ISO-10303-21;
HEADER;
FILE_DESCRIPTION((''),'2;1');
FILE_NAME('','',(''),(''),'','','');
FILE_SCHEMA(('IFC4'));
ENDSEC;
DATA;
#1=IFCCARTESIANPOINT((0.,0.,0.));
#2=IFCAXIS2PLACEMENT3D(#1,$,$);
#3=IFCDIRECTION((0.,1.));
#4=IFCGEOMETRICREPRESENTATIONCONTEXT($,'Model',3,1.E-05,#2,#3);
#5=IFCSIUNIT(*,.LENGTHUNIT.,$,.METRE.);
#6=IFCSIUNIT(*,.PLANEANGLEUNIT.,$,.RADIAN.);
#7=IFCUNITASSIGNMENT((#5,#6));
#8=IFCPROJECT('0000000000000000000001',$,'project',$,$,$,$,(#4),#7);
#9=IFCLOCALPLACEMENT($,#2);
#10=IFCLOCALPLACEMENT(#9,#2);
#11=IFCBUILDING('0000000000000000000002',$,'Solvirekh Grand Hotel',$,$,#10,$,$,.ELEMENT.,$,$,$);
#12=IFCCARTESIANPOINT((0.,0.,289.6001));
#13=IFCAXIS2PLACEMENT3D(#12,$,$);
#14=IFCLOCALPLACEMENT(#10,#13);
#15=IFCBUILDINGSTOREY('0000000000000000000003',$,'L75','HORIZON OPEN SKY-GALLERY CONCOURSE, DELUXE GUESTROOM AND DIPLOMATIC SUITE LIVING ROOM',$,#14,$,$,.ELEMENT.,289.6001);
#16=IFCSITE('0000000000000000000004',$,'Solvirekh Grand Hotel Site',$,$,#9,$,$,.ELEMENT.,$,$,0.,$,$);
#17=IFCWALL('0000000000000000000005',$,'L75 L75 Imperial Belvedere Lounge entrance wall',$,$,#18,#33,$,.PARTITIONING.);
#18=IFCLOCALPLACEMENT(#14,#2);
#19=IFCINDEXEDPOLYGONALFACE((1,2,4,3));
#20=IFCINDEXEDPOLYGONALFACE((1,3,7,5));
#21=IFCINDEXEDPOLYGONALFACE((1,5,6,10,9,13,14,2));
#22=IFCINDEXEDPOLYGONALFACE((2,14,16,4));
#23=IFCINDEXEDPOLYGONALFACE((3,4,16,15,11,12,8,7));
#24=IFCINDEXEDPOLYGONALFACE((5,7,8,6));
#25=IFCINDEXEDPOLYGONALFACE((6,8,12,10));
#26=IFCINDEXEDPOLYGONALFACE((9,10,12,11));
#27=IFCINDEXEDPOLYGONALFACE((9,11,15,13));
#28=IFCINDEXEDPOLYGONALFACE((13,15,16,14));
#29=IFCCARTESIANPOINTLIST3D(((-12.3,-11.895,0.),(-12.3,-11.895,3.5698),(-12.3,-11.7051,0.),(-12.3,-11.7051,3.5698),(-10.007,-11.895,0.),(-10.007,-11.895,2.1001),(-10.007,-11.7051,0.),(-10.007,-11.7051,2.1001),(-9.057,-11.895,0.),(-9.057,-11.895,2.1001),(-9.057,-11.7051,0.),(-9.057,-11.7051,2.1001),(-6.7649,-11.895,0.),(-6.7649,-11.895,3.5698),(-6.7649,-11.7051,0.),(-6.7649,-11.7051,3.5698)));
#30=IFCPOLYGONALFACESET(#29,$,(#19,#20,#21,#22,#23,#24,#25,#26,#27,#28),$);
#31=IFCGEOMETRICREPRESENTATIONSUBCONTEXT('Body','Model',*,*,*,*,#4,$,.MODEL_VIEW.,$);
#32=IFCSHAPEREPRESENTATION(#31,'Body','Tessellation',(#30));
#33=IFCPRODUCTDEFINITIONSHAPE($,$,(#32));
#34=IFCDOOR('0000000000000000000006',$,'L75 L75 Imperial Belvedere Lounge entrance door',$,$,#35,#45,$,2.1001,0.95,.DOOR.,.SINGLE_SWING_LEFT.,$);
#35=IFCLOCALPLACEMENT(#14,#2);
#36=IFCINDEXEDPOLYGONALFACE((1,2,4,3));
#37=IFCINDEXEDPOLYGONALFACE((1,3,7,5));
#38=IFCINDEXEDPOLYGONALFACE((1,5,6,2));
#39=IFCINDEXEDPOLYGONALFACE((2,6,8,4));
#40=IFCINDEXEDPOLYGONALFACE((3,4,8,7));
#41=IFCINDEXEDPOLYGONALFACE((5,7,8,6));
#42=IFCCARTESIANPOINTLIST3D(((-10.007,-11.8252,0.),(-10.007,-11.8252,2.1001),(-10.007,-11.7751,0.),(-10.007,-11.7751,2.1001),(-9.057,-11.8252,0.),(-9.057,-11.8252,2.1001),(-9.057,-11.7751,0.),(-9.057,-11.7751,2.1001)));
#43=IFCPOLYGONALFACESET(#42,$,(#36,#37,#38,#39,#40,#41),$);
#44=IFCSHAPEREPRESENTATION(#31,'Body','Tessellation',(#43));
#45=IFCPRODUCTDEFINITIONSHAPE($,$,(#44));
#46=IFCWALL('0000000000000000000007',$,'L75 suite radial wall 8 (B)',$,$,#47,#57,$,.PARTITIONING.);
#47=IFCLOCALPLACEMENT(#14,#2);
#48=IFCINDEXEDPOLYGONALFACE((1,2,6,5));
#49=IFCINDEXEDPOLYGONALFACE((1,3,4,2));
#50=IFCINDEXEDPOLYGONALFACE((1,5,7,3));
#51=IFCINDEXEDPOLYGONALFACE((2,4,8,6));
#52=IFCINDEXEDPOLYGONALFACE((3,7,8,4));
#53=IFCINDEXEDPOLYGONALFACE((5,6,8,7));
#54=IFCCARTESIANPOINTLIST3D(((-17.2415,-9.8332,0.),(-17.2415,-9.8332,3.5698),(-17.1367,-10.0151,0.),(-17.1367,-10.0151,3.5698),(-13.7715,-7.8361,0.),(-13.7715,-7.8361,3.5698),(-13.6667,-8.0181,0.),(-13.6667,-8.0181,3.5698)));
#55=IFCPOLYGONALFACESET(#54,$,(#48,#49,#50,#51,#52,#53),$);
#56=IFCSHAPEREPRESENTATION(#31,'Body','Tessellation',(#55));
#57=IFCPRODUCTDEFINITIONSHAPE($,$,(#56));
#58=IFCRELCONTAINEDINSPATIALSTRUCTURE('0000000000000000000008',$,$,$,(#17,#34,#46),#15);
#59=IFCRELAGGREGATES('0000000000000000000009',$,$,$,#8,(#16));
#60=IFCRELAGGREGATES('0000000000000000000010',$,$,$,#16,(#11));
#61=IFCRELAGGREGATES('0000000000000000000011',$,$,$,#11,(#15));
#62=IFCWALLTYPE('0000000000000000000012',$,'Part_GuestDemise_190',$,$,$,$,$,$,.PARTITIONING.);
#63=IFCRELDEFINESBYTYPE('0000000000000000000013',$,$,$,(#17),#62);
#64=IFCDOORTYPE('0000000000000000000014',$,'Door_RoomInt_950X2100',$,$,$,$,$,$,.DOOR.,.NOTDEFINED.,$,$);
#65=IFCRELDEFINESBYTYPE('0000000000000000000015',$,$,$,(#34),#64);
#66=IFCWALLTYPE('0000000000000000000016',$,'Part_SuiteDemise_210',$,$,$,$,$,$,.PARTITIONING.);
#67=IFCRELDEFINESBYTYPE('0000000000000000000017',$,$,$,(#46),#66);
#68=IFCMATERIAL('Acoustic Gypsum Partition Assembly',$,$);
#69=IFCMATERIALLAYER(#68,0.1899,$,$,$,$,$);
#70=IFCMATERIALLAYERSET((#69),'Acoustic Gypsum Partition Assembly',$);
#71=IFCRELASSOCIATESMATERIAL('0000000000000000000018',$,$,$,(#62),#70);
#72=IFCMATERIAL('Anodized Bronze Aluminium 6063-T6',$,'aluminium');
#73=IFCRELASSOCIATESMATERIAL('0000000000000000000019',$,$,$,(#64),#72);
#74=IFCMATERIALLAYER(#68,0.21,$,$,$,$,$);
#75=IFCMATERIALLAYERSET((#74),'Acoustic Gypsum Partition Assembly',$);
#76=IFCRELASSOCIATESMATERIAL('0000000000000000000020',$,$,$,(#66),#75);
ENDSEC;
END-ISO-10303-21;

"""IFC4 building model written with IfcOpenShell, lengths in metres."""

from ifc_helpers import new_model, si_unit, direction, frame, frame_2d, origin, place, context, subcontext, project, spatial, rectangle, extrude, material, layer, layer_set, type_object, element, fill, save


model = new_model("IFC4")

# Units and contexts
model_context = context("Model", 3, precision=1e-05, world=origin(), true_north=direction((0.0, 1.0)))
body_context = subcontext(model_context, "Body", "Model", "MODEL_VIEW")
ifc_project = project(units=[si_unit("LENGTHUNIT", "METRE"), si_unit("PLANEANGLEUNIT", "RADIAN")], contexts=[model_context])

# Site, building, storey
site_placement = place(None, origin())
site = spatial("IfcSite", under=ifc_project, at=site_placement, Name="Solvirekh Grand Hotel Site", CompositionType="ELEMENT", RefElevation=0.0)
building_placement = place(site_placement, origin())
building = spatial("IfcBuilding", under=site, at=building_placement, Name="Solvirekh Grand Hotel", CompositionType="ELEMENT")
storey_placement = place(building_placement, frame((0.0, 0.0, 289.6001)))
storey = spatial("IfcBuildingStorey", under=building, at=storey_placement, Name="L75", Description="HORIZON OPEN SKY-GALLERY CONCOURSE, DELUXE GUESTROOM AND DIPLOMATIC SUITE LIVING ROOM", CompositionType="ELEMENT", Elevation=289.6001)

# Shared definitions
ifc_material_1 = material(Name="Anodized Bronze Aluminium 6063-T6", Category="aluminium")

# Wall, opening, door
ifc_material_2 = material(Name="Acoustic Gypsum Partition Assembly")
ifc_layer_1 = layer(ifc_material_2, 0.1899)
ifc_layer_set_1 = layer_set([ifc_layer_1], Name="Acoustic Gypsum Partition Assembly")
wall_type_1 = type_object("IfcWallType", Name="Part_GuestDemise_190", PredefinedType="PARTITIONING", material=ifc_layer_set_1)
wall_1_placement = place(storey_placement, frame((-12.3, -11.8, 0.0), z_axis=(0.0, 0.0, 1.0), x_axis=(1.0, 0.0, 0.0)))
wall_1 = element("IfcWall", 1, at=wall_1_placement, inside=storey, type_object=wall_type_1, Name="L75 L75 Imperial Belvedere Lounge entrance wall", PredefinedType="PARTITIONING", context=body_context, shape_type="SweptSolid", body=[
    extrude(rectangle(XDim=5.5352, YDim=0.1899, at=frame_2d((2.7676, 0.0))), origin(), (0.0, 0.0, 1.0), 3.5698),
])
opening_1_placement = place(wall_1_placement, frame((2.293, 0.0, 0.0)))
opening_1 = element("IfcOpeningElement", 2, at=opening_1_placement, cuts=wall_1, PredefinedType="OPENING", context=body_context, shape_type="SweptSolid", body=[
    extrude(rectangle(XDim=0.95, YDim=2.1001, at=frame_2d((0.4751, 1.05))), frame((0.0, 0.105, 0.0), z_axis=(0.0, -1.0, 0.0), x_axis=(1.0, 0.0, 0.0)), (0.0, 0.0, 1.0), 0.21),
])
door_type = type_object("IfcDoorType", Name="Door_RoomInt_950X2100", OperationType="NOTDEFINED", PredefinedType="DOOR", material=ifc_material_1)
door_placement = place(opening_1_placement, origin())
door = element("IfcDoor", 3, at=door_placement, inside=storey, type_object=door_type, Name="L75 L75 Imperial Belvedere Lounge entrance door", OperationType="SINGLE_SWING_LEFT", OverallHeight=2.1001, OverallWidth=0.95, PredefinedType="DOOR", context=body_context, shape_type="SweptSolid", body=[
    extrude(rectangle(XDim=0.95, YDim=2.1001, at=frame_2d((0.4751, 1.05))), frame((0.0, 0.0249, 0.0), z_axis=(0.0, -1.0, 0.0), x_axis=(1.0, 0.0, 0.0)), (0.0, 0.0, 1.0), 0.05),
])
fill(opening_1, door)

# Wall
ifc_layer_2 = layer(ifc_material_2, 0.21)
ifc_layer_set_2 = layer_set([ifc_layer_2], Name="Acoustic Gypsum Partition Assembly")
wall_type_2 = type_object("IfcWallType", Name="Part_SuiteDemise_210", PredefinedType="PARTITIONING", material=ifc_layer_set_2)
wall_2_placement = place(storey_placement, frame((-13.719, -7.927, 0.0), z_axis=(0.0, 0.0, 1.0), x_axis=(-0.866708, -0.498816, 0.0)))
element("IfcWall", 4, at=wall_2_placement, inside=storey, type_object=wall_type_2, Name="L75 suite radial wall 8 (B)", PredefinedType="PARTITIONING", context=body_context, shape_type="SweptSolid", body=[
    extrude(rectangle(XDim=4.0037, YDim=0.21, at=frame_2d((2.002, 0.0))), origin(), (0.0, 0.0, 1.0), 3.5698),
])

save(model, "model.ifc")
